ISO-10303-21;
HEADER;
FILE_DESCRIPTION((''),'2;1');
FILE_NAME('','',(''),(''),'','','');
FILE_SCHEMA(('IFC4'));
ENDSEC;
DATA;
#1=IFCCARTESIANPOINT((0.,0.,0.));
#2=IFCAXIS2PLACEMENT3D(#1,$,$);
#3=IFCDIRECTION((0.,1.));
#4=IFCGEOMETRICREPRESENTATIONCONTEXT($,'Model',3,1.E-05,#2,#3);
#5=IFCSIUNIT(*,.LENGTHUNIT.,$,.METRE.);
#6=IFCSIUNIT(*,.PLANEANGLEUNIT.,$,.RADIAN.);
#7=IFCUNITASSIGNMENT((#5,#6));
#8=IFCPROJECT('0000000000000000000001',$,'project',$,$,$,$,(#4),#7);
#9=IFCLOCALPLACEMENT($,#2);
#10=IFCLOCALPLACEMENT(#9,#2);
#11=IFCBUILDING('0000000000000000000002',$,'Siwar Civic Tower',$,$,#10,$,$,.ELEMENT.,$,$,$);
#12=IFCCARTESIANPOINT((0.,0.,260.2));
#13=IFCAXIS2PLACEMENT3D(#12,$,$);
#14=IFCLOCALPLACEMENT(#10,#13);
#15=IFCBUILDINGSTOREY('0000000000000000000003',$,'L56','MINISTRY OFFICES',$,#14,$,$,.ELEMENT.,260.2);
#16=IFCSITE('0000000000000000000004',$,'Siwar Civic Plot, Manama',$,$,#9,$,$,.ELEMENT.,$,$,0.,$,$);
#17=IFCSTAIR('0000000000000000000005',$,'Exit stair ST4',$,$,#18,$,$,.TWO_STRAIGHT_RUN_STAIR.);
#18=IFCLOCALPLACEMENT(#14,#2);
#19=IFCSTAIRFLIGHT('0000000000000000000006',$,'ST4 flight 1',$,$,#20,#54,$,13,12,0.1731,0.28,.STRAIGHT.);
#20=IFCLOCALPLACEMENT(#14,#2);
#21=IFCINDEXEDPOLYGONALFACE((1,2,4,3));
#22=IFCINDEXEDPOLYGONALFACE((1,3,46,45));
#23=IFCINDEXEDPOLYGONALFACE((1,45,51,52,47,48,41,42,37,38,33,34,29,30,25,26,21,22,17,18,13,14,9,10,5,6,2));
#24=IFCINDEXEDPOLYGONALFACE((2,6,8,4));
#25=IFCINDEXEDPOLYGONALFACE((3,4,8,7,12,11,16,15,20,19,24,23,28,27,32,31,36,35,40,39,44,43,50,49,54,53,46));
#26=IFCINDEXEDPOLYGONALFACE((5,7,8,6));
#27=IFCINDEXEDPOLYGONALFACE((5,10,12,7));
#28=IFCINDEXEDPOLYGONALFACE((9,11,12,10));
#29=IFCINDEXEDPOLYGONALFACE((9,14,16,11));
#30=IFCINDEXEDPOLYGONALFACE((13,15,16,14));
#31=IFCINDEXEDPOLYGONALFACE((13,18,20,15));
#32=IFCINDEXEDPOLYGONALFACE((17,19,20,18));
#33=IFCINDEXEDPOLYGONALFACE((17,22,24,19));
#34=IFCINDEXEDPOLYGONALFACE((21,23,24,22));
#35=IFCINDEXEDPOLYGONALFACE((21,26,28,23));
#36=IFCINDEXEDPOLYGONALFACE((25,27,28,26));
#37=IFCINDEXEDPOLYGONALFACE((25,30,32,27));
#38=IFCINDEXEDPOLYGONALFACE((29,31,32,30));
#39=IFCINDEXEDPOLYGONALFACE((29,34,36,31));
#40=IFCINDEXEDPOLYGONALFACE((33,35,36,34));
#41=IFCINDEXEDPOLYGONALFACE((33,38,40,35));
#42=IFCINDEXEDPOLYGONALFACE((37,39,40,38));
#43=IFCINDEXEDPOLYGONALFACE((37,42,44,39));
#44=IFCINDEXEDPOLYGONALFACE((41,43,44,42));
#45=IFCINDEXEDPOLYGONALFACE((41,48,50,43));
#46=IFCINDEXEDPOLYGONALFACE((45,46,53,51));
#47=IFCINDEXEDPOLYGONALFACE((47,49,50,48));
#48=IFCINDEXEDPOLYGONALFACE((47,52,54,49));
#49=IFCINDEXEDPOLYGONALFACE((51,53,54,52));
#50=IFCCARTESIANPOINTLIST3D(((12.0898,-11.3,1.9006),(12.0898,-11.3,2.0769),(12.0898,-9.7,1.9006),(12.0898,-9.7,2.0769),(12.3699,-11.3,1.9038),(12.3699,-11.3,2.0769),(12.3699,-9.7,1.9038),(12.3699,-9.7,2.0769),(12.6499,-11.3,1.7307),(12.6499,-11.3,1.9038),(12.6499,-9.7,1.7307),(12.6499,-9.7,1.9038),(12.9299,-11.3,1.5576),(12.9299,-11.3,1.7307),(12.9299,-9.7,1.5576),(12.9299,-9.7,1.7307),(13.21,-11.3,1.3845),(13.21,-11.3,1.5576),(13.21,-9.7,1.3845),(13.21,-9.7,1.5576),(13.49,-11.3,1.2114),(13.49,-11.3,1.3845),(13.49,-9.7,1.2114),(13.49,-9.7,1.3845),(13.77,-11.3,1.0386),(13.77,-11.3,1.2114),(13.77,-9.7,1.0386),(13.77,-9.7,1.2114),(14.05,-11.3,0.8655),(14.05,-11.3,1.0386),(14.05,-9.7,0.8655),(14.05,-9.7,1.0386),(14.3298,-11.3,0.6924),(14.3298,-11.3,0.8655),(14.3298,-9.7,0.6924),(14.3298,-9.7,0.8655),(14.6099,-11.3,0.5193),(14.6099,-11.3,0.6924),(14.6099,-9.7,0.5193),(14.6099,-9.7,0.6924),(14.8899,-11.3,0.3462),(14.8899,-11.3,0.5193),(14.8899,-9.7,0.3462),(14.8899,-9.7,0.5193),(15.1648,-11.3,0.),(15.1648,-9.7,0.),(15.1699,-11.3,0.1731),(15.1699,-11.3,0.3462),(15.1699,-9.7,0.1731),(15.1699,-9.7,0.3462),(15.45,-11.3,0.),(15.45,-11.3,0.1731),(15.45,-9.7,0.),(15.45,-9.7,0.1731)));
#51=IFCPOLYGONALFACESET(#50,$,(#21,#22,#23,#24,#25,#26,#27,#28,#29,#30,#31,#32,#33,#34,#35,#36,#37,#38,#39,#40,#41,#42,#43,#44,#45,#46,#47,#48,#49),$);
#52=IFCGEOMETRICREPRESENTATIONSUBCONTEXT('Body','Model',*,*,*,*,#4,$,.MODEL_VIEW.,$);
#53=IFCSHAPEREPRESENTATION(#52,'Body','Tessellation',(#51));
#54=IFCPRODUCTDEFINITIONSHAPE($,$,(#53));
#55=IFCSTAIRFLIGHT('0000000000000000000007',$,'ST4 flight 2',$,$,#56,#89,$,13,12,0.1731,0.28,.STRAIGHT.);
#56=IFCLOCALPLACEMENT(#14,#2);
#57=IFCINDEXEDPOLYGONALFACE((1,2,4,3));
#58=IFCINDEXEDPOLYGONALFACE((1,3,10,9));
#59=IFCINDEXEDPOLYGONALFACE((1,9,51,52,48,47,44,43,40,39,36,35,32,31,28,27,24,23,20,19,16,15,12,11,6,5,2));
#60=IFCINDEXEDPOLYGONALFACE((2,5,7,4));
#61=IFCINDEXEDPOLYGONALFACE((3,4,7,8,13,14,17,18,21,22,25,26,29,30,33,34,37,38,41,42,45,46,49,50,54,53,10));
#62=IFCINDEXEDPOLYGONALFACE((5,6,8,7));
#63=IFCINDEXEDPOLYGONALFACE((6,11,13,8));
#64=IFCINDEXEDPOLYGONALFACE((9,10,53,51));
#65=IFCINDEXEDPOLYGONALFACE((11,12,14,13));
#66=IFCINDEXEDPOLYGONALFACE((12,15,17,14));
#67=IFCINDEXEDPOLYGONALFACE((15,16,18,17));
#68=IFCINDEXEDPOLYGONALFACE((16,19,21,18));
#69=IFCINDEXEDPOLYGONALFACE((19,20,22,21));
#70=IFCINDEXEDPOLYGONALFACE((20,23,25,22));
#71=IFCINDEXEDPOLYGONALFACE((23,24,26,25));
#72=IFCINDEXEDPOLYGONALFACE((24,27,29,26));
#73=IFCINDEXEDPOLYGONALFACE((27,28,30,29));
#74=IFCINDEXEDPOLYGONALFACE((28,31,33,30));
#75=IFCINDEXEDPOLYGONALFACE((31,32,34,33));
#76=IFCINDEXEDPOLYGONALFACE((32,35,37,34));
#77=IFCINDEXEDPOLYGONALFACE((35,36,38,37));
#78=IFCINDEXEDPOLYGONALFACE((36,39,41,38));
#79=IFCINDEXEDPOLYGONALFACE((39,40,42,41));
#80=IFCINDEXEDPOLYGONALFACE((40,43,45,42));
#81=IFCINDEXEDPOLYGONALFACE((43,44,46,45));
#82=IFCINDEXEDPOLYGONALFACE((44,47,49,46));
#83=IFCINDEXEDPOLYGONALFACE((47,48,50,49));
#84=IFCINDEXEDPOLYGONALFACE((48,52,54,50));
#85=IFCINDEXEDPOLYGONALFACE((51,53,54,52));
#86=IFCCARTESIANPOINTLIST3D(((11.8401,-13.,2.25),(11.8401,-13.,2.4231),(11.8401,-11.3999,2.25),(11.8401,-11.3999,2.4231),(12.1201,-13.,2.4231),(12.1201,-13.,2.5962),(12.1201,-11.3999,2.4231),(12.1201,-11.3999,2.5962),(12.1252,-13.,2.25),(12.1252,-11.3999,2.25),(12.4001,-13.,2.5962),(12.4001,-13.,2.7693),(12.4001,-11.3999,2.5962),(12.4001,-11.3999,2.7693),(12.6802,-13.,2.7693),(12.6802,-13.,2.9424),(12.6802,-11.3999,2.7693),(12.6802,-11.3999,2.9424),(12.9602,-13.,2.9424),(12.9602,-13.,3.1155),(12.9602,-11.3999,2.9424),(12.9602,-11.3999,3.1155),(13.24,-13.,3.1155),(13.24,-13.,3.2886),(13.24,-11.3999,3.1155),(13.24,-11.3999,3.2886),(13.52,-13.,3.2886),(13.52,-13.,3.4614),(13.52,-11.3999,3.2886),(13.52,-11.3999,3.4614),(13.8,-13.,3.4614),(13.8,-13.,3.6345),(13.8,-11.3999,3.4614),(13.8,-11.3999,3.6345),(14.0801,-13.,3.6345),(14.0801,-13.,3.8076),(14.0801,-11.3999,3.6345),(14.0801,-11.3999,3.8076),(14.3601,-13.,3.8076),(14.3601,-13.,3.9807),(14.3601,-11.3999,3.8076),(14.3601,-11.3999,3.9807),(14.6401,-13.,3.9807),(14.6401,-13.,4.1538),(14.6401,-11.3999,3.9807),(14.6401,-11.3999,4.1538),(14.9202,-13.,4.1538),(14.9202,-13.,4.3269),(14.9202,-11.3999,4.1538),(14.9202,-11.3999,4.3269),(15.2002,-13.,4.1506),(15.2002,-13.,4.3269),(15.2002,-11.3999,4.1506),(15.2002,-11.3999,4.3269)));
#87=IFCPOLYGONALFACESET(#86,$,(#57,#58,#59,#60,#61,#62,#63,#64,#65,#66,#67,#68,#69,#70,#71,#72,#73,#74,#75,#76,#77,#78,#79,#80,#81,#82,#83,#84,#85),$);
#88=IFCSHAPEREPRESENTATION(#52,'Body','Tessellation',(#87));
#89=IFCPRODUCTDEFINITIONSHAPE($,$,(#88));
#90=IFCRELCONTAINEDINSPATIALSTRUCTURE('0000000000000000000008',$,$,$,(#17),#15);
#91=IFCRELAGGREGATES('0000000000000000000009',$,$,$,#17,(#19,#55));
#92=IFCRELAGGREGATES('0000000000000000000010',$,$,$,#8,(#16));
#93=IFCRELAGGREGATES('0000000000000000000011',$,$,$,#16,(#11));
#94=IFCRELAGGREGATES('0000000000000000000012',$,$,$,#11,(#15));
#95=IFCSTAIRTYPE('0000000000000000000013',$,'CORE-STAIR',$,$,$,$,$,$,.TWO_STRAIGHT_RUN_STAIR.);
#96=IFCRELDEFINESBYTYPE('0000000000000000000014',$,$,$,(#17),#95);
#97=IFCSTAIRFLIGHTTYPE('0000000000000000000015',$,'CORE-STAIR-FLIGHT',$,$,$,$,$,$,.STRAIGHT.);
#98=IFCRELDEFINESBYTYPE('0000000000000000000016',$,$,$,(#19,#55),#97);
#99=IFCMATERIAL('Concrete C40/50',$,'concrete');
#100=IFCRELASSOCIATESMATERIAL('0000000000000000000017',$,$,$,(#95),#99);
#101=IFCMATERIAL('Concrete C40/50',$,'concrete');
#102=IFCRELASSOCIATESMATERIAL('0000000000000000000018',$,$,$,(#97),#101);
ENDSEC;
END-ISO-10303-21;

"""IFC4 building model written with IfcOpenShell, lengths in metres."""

from ifc_helpers import new_model, si_unit, direction, frame, origin, place, context, subcontext, project, spatial, polyline, outline, extrude, material, type_object, element, aggregate, save


model = new_model("IFC4")

# Units and contexts
model_context = context("Model", 3, precision=1e-05, world=origin(), true_north=direction((0.0, 1.0)))
body_context = subcontext(model_context, "Body", "Model", "MODEL_VIEW")
ifc_project = project(units=[si_unit("LENGTHUNIT", "METRE"), si_unit("PLANEANGLEUNIT", "RADIAN")], contexts=[model_context])

# Site, building, storey
site_placement = place(None, origin())
site = spatial("IfcSite", under=ifc_project, at=site_placement, Name="Siwar Civic Plot, Manama", CompositionType="ELEMENT", RefElevation=0.0)
building_placement = place(site_placement, origin())
building = spatial("IfcBuilding", under=site, at=building_placement, Name="Siwar Civic Tower", CompositionType="ELEMENT")
storey_placement = place(building_placement, frame((0.0, 0.0, 260.2)))
storey = spatial("IfcBuildingStorey", under=building, at=storey_placement, Name="L56", Description="MINISTRY OFFICES", CompositionType="ELEMENT", Elevation=260.2)

# Stair, stair flights
ifc_material_1 = material(Name="Concrete C40/50", Category="concrete")
stair_type = type_object("IfcStairType", Name="CORE-STAIR", PredefinedType="TWO_STRAIGHT_RUN_STAIR", material=ifc_material_1)
stair_placement = place(storey_placement, origin())
stair = element("IfcStair", 1, at=stair_placement, inside=storey, type_object=stair_type, Name="Exit stair ST4", PredefinedType="TWO_STRAIGHT_RUN_STAIR")
ifc_material_2 = material(Name="Concrete C40/50", Category="concrete")
stair_flight_type = type_object("IfcStairFlightType", Name="CORE-STAIR-FLIGHT", PredefinedType="STRAIGHT", material=ifc_material_2)
stair_flight_1_placement = place(storey_placement, frame((15.45, -10.5, 0.0), z_axis=(0.0, 0.0, 1.0), x_axis=(-1.0, 0.0, 0.0)))
stair_flight_1 = element("IfcStairFlight", 2, at=stair_flight_1_placement, type_object=stair_flight_type, Name="ST4 flight 1", NumberOfRisers=13, NumberOfTreads=12, PredefinedType="STRAIGHT", RiserHeight=0.1731, TreadLength=0.28, context=body_context, shape_type="SweptSolid", body=[
    extrude(outline(polyline([(0.0, 0.0), (0.0, 0.1731), (0.28, 0.1731), (0.28, 0.3462), (0.5601, 0.3462), (0.5601, 0.5193), (0.8401, 0.5193), (0.8401, 0.6924), (1.1201, 0.6924), (1.1201, 0.8655), (1.3999, 0.8655), (1.3999, 1.0386), (1.6799, 1.0386), (1.6799, 1.2114), (1.96, 1.2114), (1.96, 1.3845), (2.24, 1.3845), (2.24, 1.5576), (2.52, 1.5576), (2.52, 1.7307), (2.8, 1.7307), (2.8, 1.9038), (3.0801, 1.9038), (3.0801, 2.0769), (3.3601, 2.0769), (3.3601, 2.25), (3.3601, 1.9006), (0.2852, 0.0), (0.0, 0.0)])), frame((0.0, 0.8, 0.0), z_axis=(0.0, -1.0, 0.0), x_axis=(1.0, 0.0, 0.0)), (0.0, 0.0, 1.0), 1.6001),
])
stair_flight_2_placement = place(storey_placement, frame((11.8401, -12.2, 2.25), z_axis=(0.0, 0.0, 1.0), x_axis=(1.0, 0.0, 0.0)))
stair_flight_2 = element("IfcStairFlight", 3, at=stair_flight_2_placement, type_object=stair_flight_type, Name="ST4 flight 2", NumberOfRisers=13, NumberOfTreads=12, PredefinedType="STRAIGHT", RiserHeight=0.1731, TreadLength=0.28, context=body_context, shape_type="SweptSolid", body=[
    extrude(outline(polyline([(0.0, 0.0), (0.0, 0.1731), (0.28, 0.1731), (0.28, 0.3462), (0.5601, 0.3462), (0.5601, 0.5193), (0.8401, 0.5193), (0.8401, 0.6924), (1.1201, 0.6924), (1.1201, 0.8655), (1.3999, 0.8655), (1.3999, 1.0386), (1.6799, 1.0386), (1.6799, 1.2114), (1.96, 1.2114), (1.96, 1.3845), (2.24, 1.3845), (2.24, 1.5576), (2.52, 1.5576), (2.52, 1.7307), (2.8, 1.7307), (2.8, 1.9038), (3.0801, 1.9038), (3.0801, 2.0769), (3.3601, 2.0769), (3.3601, 2.25), (3.3601, 1.9006), (0.2852, 0.0), (0.0, 0.0)])), frame((0.0, 0.8, 0.0), z_axis=(0.0, -1.0, 0.0), x_axis=(1.0, 0.0, 0.0)), (0.0, 0.0, 1.0), 1.6001),
])
aggregate(stair, [stair_flight_1, stair_flight_2])

save(model, "model.ifc")
